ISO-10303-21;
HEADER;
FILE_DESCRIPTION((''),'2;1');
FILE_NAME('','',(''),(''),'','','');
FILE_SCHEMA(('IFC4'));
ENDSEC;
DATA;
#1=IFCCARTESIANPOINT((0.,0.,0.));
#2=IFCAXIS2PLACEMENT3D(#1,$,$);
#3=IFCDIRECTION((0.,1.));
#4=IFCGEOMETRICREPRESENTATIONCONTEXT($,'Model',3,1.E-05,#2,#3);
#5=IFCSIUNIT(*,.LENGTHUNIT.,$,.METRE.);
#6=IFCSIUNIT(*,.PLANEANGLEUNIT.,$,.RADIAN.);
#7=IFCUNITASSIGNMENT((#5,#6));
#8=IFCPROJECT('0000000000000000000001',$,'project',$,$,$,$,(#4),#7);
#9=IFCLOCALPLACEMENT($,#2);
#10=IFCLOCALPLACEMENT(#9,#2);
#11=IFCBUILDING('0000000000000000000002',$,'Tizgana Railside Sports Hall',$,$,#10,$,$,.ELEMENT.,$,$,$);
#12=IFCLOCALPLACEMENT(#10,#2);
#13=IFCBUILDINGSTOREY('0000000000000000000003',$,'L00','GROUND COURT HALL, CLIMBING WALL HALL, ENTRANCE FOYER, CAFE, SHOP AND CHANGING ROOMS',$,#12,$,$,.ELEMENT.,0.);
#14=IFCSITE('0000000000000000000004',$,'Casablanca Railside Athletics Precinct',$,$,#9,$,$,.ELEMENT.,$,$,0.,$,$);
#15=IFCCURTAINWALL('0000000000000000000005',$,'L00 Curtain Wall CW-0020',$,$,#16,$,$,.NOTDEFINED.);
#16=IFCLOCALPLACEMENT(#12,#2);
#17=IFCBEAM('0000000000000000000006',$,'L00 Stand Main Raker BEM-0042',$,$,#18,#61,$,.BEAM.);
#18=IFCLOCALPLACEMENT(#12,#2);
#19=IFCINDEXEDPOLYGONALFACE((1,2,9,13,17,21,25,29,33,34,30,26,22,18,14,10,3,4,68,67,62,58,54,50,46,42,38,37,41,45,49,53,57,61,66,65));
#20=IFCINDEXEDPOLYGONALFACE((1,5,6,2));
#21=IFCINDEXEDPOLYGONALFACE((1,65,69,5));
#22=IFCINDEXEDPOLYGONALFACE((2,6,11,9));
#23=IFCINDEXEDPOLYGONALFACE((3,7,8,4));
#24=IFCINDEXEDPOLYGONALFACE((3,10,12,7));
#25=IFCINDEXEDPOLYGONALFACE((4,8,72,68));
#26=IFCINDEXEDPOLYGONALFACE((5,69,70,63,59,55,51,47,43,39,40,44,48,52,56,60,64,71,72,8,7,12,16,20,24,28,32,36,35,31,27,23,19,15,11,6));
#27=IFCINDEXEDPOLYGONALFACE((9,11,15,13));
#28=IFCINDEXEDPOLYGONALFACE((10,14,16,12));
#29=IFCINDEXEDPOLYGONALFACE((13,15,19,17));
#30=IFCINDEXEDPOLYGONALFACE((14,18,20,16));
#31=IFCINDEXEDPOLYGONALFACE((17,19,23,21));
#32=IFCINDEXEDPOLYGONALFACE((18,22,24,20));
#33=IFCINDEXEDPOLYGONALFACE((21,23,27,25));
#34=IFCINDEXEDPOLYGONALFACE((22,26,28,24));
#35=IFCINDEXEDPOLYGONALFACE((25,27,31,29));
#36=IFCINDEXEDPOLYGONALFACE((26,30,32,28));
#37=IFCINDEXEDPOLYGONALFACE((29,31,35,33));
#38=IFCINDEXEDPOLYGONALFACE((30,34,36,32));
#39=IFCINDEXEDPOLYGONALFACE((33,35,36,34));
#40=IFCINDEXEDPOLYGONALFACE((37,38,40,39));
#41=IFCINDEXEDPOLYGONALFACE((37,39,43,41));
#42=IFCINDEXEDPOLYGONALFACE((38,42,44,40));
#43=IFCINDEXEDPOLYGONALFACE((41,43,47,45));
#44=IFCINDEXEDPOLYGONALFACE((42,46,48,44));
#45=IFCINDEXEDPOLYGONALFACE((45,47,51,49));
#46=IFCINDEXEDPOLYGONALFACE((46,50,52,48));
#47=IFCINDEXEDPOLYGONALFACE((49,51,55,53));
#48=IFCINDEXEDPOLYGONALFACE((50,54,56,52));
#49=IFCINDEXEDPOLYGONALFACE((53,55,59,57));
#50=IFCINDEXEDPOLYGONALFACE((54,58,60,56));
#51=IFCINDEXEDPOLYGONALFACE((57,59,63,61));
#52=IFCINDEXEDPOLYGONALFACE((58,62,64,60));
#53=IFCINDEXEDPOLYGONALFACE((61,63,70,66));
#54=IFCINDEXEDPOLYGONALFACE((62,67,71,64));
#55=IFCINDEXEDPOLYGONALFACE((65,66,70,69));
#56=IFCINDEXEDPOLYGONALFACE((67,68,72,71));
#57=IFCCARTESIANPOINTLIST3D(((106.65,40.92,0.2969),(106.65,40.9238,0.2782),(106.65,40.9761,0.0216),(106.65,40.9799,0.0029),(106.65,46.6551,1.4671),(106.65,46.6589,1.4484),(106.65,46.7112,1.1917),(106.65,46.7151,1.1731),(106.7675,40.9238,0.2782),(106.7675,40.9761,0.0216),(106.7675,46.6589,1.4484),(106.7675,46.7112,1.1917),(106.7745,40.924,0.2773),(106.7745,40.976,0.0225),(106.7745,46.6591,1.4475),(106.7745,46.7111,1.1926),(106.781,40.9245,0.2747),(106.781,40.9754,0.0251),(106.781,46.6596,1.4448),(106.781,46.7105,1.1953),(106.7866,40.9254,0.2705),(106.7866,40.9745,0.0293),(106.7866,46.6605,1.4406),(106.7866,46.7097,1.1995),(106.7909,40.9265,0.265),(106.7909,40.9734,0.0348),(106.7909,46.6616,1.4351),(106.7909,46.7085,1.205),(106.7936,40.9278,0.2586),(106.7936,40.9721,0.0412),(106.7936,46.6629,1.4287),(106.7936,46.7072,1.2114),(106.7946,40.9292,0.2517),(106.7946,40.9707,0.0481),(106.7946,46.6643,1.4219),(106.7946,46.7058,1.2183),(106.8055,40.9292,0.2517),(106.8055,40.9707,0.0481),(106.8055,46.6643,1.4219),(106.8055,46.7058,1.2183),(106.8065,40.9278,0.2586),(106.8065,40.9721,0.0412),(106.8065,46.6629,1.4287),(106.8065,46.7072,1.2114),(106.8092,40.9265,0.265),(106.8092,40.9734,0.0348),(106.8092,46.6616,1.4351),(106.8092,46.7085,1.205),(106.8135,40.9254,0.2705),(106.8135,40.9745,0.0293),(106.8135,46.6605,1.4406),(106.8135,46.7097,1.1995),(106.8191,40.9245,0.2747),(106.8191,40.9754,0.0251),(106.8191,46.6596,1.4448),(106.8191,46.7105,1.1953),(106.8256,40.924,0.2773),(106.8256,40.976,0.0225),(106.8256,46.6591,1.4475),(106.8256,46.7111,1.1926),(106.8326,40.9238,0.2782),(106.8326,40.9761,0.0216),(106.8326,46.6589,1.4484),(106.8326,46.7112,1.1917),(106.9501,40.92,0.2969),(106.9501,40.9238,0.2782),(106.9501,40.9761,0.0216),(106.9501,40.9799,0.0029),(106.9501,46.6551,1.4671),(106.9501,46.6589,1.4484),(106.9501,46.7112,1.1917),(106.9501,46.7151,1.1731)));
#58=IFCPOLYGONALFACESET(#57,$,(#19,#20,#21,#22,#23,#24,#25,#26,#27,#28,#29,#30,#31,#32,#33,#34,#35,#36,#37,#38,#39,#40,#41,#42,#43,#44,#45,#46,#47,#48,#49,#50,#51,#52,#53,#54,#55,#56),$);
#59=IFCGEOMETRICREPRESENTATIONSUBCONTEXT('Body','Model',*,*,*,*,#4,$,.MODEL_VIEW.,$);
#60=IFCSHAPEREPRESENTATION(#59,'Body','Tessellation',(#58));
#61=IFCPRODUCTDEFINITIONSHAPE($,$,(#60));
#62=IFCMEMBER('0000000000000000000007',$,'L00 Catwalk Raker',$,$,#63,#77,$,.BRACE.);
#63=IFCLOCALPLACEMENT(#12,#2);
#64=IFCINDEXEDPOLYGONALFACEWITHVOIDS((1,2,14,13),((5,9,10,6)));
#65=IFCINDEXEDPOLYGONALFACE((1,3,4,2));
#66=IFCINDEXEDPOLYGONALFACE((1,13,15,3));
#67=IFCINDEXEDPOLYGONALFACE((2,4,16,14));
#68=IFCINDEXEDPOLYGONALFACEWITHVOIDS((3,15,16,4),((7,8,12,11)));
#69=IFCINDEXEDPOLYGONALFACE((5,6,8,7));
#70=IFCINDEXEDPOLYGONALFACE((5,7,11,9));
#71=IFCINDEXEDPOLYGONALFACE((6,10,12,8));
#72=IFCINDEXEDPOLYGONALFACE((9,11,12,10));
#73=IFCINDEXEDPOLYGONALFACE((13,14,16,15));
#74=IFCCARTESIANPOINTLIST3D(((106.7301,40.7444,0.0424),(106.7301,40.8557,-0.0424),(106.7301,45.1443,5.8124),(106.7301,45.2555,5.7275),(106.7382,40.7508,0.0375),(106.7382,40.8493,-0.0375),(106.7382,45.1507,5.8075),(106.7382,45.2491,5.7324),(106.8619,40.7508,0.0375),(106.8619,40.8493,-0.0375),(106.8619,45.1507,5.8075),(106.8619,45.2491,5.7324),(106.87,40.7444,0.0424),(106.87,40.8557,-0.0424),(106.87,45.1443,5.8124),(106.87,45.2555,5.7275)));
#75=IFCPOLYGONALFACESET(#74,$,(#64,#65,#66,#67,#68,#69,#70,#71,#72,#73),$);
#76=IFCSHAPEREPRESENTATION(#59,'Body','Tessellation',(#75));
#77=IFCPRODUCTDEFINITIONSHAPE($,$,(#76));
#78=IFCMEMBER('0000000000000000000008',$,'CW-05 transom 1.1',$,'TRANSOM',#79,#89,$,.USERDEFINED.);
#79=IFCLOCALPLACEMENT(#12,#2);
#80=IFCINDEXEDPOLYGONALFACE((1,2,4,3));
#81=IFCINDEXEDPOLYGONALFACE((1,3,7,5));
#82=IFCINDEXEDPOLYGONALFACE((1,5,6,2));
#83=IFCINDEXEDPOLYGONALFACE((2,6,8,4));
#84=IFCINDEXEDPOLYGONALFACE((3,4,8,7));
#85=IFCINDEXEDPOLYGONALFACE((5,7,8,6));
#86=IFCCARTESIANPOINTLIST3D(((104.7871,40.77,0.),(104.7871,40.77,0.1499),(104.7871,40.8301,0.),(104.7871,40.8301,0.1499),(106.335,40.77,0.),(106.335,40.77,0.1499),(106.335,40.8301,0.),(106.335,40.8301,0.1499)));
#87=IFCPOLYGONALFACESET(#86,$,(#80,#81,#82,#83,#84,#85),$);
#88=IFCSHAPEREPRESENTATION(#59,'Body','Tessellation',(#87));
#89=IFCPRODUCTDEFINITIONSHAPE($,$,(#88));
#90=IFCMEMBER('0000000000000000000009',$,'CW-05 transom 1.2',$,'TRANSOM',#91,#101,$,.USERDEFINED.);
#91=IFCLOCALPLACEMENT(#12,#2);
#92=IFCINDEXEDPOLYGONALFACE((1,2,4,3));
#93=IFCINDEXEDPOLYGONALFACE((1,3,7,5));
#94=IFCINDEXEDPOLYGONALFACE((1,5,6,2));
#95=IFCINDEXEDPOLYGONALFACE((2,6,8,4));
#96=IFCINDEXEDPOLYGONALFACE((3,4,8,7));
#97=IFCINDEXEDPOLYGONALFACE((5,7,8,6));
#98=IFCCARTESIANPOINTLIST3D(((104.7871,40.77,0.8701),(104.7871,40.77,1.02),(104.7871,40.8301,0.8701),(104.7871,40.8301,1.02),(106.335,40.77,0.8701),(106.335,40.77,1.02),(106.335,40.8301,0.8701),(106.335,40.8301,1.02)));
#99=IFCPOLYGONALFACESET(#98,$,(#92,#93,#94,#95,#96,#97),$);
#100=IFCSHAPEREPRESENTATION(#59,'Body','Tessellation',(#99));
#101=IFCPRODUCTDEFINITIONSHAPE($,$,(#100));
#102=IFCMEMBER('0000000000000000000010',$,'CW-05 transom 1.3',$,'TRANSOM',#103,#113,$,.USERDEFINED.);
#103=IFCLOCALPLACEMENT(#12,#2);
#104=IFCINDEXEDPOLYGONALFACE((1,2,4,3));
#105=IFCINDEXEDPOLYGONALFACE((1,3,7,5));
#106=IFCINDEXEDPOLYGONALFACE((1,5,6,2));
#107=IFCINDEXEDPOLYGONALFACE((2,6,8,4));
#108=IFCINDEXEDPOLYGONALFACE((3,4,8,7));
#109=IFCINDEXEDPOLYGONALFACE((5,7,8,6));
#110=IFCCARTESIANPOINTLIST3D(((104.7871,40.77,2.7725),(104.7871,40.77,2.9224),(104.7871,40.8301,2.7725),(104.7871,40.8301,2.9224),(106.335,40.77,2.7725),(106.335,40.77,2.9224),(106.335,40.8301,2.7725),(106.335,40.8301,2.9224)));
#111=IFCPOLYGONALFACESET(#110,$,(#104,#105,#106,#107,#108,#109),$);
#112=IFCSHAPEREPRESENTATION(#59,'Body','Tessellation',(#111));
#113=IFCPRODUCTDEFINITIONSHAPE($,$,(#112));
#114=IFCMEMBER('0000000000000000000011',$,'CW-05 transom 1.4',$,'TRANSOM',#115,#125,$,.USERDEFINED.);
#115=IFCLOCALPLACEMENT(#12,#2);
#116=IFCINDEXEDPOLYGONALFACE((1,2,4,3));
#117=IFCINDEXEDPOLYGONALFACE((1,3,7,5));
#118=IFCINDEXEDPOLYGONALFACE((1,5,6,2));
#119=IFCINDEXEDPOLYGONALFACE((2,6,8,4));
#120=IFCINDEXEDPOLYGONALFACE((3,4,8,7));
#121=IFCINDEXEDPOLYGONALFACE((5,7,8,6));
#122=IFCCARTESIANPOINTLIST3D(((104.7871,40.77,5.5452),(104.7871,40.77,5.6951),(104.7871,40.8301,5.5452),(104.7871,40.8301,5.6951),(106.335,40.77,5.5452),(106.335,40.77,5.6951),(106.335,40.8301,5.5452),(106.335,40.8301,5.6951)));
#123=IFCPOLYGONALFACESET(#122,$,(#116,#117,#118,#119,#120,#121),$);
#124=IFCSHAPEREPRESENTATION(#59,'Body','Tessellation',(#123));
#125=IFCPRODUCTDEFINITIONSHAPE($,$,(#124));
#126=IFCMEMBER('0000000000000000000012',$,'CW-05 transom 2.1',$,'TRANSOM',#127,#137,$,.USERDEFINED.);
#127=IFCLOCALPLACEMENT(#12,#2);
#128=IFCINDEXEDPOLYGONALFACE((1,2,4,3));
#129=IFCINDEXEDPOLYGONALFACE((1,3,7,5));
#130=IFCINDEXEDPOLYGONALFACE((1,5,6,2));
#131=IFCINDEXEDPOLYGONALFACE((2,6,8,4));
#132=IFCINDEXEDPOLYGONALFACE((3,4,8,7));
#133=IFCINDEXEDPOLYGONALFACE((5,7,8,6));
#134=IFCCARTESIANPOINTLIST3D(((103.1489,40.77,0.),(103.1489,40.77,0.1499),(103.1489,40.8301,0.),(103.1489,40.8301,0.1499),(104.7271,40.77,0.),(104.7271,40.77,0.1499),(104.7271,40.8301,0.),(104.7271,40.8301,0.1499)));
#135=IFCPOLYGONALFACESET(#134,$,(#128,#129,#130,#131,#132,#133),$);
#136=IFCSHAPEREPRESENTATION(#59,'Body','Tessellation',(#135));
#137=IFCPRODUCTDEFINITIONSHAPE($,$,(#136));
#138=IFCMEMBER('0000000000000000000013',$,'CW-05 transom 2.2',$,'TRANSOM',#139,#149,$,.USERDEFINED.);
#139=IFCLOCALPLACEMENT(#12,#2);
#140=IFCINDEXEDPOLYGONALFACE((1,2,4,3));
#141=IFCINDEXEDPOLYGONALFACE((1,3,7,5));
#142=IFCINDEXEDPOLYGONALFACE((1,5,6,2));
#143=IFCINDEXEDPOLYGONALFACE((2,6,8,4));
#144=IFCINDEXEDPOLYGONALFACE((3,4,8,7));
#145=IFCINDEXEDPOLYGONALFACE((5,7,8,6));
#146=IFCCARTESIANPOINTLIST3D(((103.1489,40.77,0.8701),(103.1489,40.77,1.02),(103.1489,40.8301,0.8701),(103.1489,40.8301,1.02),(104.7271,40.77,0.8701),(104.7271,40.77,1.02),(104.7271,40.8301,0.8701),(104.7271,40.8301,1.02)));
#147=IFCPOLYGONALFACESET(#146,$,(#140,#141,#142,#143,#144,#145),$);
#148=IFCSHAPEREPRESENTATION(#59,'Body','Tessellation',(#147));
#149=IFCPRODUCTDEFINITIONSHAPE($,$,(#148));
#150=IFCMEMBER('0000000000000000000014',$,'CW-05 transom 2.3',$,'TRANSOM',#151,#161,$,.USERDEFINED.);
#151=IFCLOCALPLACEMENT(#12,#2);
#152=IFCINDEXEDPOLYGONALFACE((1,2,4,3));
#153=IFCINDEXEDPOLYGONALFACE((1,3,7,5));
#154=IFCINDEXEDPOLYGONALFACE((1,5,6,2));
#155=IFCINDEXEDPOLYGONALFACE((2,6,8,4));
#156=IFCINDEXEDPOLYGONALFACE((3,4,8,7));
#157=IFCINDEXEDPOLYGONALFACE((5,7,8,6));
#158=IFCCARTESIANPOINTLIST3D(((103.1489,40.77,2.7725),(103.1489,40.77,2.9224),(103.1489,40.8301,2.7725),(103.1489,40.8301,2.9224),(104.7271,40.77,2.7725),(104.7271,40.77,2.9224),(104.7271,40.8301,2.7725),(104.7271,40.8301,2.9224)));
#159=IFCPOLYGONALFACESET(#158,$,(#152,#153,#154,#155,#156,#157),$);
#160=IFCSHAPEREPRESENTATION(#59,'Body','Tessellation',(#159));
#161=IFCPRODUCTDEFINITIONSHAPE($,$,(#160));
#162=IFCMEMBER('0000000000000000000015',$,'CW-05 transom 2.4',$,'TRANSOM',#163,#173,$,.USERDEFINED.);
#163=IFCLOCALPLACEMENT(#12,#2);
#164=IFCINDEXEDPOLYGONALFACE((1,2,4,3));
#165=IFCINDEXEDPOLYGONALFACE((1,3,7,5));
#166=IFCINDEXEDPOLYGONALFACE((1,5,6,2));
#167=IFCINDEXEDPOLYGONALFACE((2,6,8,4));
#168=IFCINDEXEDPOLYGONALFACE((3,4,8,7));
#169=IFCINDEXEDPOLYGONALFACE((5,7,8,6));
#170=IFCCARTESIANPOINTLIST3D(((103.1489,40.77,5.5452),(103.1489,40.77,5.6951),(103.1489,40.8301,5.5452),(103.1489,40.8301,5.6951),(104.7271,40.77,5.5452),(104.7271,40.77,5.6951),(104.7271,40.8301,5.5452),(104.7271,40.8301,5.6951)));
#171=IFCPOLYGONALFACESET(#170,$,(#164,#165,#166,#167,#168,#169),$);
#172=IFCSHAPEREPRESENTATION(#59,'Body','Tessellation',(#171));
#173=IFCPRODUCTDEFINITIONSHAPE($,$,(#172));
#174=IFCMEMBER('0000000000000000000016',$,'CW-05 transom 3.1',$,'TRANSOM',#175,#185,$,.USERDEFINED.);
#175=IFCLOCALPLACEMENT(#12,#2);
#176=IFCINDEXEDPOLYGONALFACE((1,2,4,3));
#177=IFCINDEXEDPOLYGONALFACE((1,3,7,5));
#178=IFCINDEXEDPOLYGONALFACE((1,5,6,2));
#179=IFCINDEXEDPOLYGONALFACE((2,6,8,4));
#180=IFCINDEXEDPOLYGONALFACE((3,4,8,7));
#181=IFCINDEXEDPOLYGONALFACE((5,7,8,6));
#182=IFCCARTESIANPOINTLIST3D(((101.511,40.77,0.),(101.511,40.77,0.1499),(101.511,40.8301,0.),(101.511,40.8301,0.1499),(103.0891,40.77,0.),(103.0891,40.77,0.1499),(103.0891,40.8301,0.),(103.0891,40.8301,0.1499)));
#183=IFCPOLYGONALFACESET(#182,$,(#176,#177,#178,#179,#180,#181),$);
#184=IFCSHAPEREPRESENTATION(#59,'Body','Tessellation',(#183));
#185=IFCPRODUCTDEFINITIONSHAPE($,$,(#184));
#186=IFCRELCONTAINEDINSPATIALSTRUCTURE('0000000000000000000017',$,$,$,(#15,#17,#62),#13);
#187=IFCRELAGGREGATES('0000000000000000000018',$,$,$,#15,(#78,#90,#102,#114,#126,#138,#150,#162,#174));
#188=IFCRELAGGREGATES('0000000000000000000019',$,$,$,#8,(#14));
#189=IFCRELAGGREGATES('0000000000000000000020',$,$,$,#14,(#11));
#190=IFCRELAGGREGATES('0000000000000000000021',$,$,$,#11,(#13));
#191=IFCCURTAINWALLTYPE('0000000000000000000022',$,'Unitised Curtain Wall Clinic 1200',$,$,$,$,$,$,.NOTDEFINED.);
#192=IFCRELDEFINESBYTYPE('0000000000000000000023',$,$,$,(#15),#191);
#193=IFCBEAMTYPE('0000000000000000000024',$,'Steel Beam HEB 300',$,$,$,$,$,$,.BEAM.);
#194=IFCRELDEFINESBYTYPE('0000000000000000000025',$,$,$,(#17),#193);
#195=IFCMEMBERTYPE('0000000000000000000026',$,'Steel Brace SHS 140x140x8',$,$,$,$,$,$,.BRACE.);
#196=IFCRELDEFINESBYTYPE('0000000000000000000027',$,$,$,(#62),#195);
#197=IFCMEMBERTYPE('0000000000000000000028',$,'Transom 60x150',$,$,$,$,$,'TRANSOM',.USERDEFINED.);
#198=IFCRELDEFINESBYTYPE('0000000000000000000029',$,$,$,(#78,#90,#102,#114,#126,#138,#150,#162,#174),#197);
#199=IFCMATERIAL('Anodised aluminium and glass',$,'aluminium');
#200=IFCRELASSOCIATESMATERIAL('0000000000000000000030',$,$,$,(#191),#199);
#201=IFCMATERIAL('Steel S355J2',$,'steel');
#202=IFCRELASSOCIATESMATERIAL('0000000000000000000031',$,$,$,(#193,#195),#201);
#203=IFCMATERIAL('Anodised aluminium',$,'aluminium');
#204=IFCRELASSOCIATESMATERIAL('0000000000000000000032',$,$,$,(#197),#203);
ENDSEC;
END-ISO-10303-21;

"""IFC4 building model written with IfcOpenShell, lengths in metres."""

from ifc_helpers import new_model, si_unit, direction, frame, origin, origin_2d, place, context, subcontext, project, spatial, rectangle, hollow_rectangle, i_section, extrude, material, material_profile, profile_set, type_object, element, aggregate, save


model = new_model("IFC4")

# Units and contexts
model_context = context("Model", 3, precision=1e-05, world=origin(), true_north=direction((0.0, 1.0)))
body_context = subcontext(model_context, "Body", "Model", "MODEL_VIEW")
ifc_project = project(units=[si_unit("LENGTHUNIT", "METRE"), si_unit("PLANEANGLEUNIT", "RADIAN")], contexts=[model_context])

# Site, building, storey
site_placement = place(None, origin())
site = spatial("IfcSite", under=ifc_project, at=site_placement, Name="Casablanca Railside Athletics Precinct", CompositionType="ELEMENT", RefElevation=0.0)
building_placement = place(site_placement, origin())
building = spatial("IfcBuilding", under=site, at=building_placement, Name="Tizgana Railside Sports Hall", CompositionType="ELEMENT")
storey_placement = place(building_placement, origin())
storey = spatial("IfcBuildingStorey", under=building, at=storey_placement, Name="L00", Description="GROUND COURT HALL, CLIMBING WALL HALL, ENTRANCE FOYER, CAFE, SHOP AND CHANGING ROOMS", CompositionType="ELEMENT", Elevation=0.0)

# Curtain wall
ifc_material_1 = material(Name="Anodised aluminium and glass", Category="aluminium")
curtain_wall_type = type_object("IfcCurtainWallType", Name="Unitised Curtain Wall Clinic 1200", PredefinedType="NOTDEFINED", material=ifc_material_1)
curtain_wall_placement = place(storey_placement, origin())
curtain_wall = element("IfcCurtainWall", 1, at=curtain_wall_placement, inside=storey, type_object=curtain_wall_type, Name="L00 Curtain Wall CW-0020", PredefinedType="NOTDEFINED")
ifc_material_2 = material(Name="Anodised aluminium", Category="aluminium")

# Beam
ifc_material_3 = material(Name="Steel S355J2", Category="steel")
ifc_material_profile_1 = material_profile(ifc_material_3, i_section(OverallWidth=0.3, OverallDepth=0.3, WebThickness=0.011, FlangeThickness=0.019, FilletRadius=0.0271, at=origin_2d()), Name="HEB 300")
ifc_profile_set_1 = profile_set([ifc_material_profile_1], Name="Steel S355J2")
beam_type_1 = type_object("IfcBeamType", Name="Steel Beam HEB 300", PredefinedType="BEAM", material=ifc_profile_set_1)
beam_1_placement = place(storey_placement, frame((106.8, 40.95, 0.1499), z_axis=(0.0, 0.979813, 0.199917), x_axis=(-1.0, 0.0, 0.0)))
element("IfcBeam", 2, at=beam_1_placement, inside=storey, type_object=beam_type_1, Name="L00 Stand Main Raker BEM-0042", PredefinedType="BEAM", context=body_context, shape_type="SweptSolid", body=[
    extrude(i_section(OverallWidth=0.3, OverallDepth=0.3, WebThickness=0.011, FlangeThickness=0.019, FilletRadius=0.0271, at=origin_2d()), origin(), (0.0, 0.0, 1.0), 5.8533),
])

# Members
ifc_material_profile_2 = material_profile(ifc_material_3, hollow_rectangle(XDim=0.1399, YDim=0.1399, WallThickness=0.0081, at=origin_2d()), Name="SHS 140x140x8")
ifc_profile_set_2 = profile_set([ifc_material_profile_2], Name="Steel S355J2")
member_type_1 = type_object("IfcMemberType", Name="Steel Brace SHS 140x140x8", PredefinedType="BRACE", material=ifc_profile_set_2)
member_1_placement = place(storey_placement, frame((106.8, 40.8, 0.0), z_axis=(0.0, 0.606366, 0.795186), x_axis=(-1.0, 0.0, 0.0)))
element("IfcMember", 3, at=member_1_placement, inside=storey, type_object=member_type_1, Name="L00 Catwalk Raker", PredefinedType="BRACE", context=body_context, shape_type="SweptSolid", body=[
    extrude(hollow_rectangle(XDim=0.1399, YDim=0.1399, WallThickness=0.0081, at=origin_2d()), origin(), (0.0, 0.0, 1.0), 7.2561),
])
ifc_material_profile_3 = material_profile(ifc_material_2, rectangle(XDim=0.0601, YDim=0.1499, at=origin_2d()), Name="Transom 60x150")
ifc_profile_set_3 = profile_set([ifc_material_profile_3], Name="Anodised aluminium")
member_type_2 = type_object("IfcMemberType", Name="Transom 60x150", ElementType="TRANSOM", PredefinedType="USERDEFINED", material=ifc_profile_set_3)
member_2_placement = place(storey_placement, frame((106.335, 40.8, 0.075), z_axis=(-1.0, 0.0, 0.0), x_axis=(0.0, -1.0, 0.0)))
member_2 = element("IfcMember", 4, at=member_2_placement, type_object=member_type_2, Name="CW-05 transom 1.1", ObjectType="TRANSOM", PredefinedType="USERDEFINED", context=body_context, shape_type="SweptSolid", body=[
    extrude(rectangle(XDim=0.0601, YDim=0.1499, at=origin_2d()), origin(), (0.0, 0.0, 1.0), 1.5479),
])
member_3_placement = place(storey_placement, frame((106.335, 40.8, 0.9451), z_axis=(-1.0, 0.0, 0.0), x_axis=(0.0, -1.0, 0.0)))
member_3 = element("IfcMember", 5, at=member_3_placement, type_object=member_type_2, Name="CW-05 transom 1.2", ObjectType="TRANSOM", PredefinedType="USERDEFINED", context=body_context, shape_type="SweptSolid", body=[
    extrude(rectangle(XDim=0.0601, YDim=0.1499, at=origin_2d()), origin(), (0.0, 0.0, 1.0), 1.5479),
])
member_4_placement = place(storey_placement, frame((106.335, 40.8, 2.8474), z_axis=(-1.0, 0.0, 0.0), x_axis=(0.0, -1.0, 0.0)))
member_4 = element("IfcMember", 6, at=member_4_placement, type_object=member_type_2, Name="CW-05 transom 1.3", ObjectType="TRANSOM", PredefinedType="USERDEFINED", context=body_context, shape_type="SweptSolid", body=[
    extrude(rectangle(XDim=0.0601, YDim=0.1499, at=origin_2d()), origin(), (0.0, 0.0, 1.0), 1.5479),
])
member_5_placement = place(storey_placement, frame((106.335, 40.8, 5.6201), z_axis=(-1.0, 0.0, 0.0), x_axis=(0.0, -1.0, 0.0)))
member_5 = element("IfcMember", 7, at=member_5_placement, type_object=member_type_2, Name="CW-05 transom 1.4", ObjectType="TRANSOM", PredefinedType="USERDEFINED", context=body_context, shape_type="SweptSolid", body=[
    extrude(rectangle(XDim=0.0601, YDim=0.1499, at=origin_2d()), origin(), (0.0, 0.0, 1.0), 1.5479),
])
member_6_placement = place(storey_placement, frame((104.7271, 40.8, 0.075), z_axis=(-1.0, 0.0, 0.0), x_axis=(0.0, -1.0, 0.0)))
member_6 = element("IfcMember", 8, at=member_6_placement, type_object=member_type_2, Name="CW-05 transom 2.1", ObjectType="TRANSOM", PredefinedType="USERDEFINED", context=body_context, shape_type="SweptSolid", body=[
    extrude(rectangle(XDim=0.0601, YDim=0.1499, at=origin_2d()), origin(), (0.0, 0.0, 1.0), 1.5781),
])
member_7_placement = place(storey_placement, frame((104.7271, 40.8, 0.9451), z_axis=(-1.0, 0.0, 0.0), x_axis=(0.0, -1.0, 0.0)))
member_7 = element("IfcMember", 9, at=member_7_placement, type_object=member_type_2, Name="CW-05 transom 2.2", ObjectType="TRANSOM", PredefinedType="USERDEFINED", context=body_context, shape_type="SweptSolid", body=[
    extrude(rectangle(XDim=0.0601, YDim=0.1499, at=origin_2d()), origin(), (0.0, 0.0, 1.0), 1.5781),
])
member_8_placement = place(storey_placement, frame((104.7271, 40.8, 2.8474), z_axis=(-1.0, 0.0, 0.0), x_axis=(0.0, -1.0, 0.0)))
member_8 = element("IfcMember", 10, at=member_8_placement, type_object=member_type_2, Name="CW-05 transom 2.3", ObjectType="TRANSOM", PredefinedType="USERDEFINED", context=body_context, shape_type="SweptSolid", body=[
    extrude(rectangle(XDim=0.0601, YDim=0.1499, at=origin_2d()), origin(), (0.0, 0.0, 1.0), 1.5781),
])
member_9_placement = place(storey_placement, frame((104.7271, 40.8, 5.6201), z_axis=(-1.0, 0.0, 0.0), x_axis=(0.0, -1.0, 0.0)))
member_9 = element("IfcMember", 11, at=member_9_placement, type_object=member_type_2, Name="CW-05 transom 2.4", ObjectType="TRANSOM", PredefinedType="USERDEFINED", context=body_context, shape_type="SweptSolid", body=[
    extrude(rectangle(XDim=0.0601, YDim=0.1499, at=origin_2d()), origin(), (0.0, 0.0, 1.0), 1.5781),
])
member_10_placement = place(storey_placement, frame((103.0891, 40.8, 0.075), z_axis=(-1.0, 0.0, 0.0), x_axis=(0.0, -1.0, 0.0)))
member_10 = element("IfcMember", 12, at=member_10_placement, type_object=member_type_2, Name="CW-05 transom 3.1", ObjectType="TRANSOM", PredefinedType="USERDEFINED", context=body_context, shape_type="SweptSolid", body=[
    extrude(rectangle(XDim=0.0601, YDim=0.1499, at=origin_2d()), origin(), (0.0, 0.0, 1.0), 1.5781),
])

aggregate(curtain_wall, [member_2, member_3, member_4, member_5, member_6, member_7, member_8, member_9, member_10])

save(model, "model.ifc")
